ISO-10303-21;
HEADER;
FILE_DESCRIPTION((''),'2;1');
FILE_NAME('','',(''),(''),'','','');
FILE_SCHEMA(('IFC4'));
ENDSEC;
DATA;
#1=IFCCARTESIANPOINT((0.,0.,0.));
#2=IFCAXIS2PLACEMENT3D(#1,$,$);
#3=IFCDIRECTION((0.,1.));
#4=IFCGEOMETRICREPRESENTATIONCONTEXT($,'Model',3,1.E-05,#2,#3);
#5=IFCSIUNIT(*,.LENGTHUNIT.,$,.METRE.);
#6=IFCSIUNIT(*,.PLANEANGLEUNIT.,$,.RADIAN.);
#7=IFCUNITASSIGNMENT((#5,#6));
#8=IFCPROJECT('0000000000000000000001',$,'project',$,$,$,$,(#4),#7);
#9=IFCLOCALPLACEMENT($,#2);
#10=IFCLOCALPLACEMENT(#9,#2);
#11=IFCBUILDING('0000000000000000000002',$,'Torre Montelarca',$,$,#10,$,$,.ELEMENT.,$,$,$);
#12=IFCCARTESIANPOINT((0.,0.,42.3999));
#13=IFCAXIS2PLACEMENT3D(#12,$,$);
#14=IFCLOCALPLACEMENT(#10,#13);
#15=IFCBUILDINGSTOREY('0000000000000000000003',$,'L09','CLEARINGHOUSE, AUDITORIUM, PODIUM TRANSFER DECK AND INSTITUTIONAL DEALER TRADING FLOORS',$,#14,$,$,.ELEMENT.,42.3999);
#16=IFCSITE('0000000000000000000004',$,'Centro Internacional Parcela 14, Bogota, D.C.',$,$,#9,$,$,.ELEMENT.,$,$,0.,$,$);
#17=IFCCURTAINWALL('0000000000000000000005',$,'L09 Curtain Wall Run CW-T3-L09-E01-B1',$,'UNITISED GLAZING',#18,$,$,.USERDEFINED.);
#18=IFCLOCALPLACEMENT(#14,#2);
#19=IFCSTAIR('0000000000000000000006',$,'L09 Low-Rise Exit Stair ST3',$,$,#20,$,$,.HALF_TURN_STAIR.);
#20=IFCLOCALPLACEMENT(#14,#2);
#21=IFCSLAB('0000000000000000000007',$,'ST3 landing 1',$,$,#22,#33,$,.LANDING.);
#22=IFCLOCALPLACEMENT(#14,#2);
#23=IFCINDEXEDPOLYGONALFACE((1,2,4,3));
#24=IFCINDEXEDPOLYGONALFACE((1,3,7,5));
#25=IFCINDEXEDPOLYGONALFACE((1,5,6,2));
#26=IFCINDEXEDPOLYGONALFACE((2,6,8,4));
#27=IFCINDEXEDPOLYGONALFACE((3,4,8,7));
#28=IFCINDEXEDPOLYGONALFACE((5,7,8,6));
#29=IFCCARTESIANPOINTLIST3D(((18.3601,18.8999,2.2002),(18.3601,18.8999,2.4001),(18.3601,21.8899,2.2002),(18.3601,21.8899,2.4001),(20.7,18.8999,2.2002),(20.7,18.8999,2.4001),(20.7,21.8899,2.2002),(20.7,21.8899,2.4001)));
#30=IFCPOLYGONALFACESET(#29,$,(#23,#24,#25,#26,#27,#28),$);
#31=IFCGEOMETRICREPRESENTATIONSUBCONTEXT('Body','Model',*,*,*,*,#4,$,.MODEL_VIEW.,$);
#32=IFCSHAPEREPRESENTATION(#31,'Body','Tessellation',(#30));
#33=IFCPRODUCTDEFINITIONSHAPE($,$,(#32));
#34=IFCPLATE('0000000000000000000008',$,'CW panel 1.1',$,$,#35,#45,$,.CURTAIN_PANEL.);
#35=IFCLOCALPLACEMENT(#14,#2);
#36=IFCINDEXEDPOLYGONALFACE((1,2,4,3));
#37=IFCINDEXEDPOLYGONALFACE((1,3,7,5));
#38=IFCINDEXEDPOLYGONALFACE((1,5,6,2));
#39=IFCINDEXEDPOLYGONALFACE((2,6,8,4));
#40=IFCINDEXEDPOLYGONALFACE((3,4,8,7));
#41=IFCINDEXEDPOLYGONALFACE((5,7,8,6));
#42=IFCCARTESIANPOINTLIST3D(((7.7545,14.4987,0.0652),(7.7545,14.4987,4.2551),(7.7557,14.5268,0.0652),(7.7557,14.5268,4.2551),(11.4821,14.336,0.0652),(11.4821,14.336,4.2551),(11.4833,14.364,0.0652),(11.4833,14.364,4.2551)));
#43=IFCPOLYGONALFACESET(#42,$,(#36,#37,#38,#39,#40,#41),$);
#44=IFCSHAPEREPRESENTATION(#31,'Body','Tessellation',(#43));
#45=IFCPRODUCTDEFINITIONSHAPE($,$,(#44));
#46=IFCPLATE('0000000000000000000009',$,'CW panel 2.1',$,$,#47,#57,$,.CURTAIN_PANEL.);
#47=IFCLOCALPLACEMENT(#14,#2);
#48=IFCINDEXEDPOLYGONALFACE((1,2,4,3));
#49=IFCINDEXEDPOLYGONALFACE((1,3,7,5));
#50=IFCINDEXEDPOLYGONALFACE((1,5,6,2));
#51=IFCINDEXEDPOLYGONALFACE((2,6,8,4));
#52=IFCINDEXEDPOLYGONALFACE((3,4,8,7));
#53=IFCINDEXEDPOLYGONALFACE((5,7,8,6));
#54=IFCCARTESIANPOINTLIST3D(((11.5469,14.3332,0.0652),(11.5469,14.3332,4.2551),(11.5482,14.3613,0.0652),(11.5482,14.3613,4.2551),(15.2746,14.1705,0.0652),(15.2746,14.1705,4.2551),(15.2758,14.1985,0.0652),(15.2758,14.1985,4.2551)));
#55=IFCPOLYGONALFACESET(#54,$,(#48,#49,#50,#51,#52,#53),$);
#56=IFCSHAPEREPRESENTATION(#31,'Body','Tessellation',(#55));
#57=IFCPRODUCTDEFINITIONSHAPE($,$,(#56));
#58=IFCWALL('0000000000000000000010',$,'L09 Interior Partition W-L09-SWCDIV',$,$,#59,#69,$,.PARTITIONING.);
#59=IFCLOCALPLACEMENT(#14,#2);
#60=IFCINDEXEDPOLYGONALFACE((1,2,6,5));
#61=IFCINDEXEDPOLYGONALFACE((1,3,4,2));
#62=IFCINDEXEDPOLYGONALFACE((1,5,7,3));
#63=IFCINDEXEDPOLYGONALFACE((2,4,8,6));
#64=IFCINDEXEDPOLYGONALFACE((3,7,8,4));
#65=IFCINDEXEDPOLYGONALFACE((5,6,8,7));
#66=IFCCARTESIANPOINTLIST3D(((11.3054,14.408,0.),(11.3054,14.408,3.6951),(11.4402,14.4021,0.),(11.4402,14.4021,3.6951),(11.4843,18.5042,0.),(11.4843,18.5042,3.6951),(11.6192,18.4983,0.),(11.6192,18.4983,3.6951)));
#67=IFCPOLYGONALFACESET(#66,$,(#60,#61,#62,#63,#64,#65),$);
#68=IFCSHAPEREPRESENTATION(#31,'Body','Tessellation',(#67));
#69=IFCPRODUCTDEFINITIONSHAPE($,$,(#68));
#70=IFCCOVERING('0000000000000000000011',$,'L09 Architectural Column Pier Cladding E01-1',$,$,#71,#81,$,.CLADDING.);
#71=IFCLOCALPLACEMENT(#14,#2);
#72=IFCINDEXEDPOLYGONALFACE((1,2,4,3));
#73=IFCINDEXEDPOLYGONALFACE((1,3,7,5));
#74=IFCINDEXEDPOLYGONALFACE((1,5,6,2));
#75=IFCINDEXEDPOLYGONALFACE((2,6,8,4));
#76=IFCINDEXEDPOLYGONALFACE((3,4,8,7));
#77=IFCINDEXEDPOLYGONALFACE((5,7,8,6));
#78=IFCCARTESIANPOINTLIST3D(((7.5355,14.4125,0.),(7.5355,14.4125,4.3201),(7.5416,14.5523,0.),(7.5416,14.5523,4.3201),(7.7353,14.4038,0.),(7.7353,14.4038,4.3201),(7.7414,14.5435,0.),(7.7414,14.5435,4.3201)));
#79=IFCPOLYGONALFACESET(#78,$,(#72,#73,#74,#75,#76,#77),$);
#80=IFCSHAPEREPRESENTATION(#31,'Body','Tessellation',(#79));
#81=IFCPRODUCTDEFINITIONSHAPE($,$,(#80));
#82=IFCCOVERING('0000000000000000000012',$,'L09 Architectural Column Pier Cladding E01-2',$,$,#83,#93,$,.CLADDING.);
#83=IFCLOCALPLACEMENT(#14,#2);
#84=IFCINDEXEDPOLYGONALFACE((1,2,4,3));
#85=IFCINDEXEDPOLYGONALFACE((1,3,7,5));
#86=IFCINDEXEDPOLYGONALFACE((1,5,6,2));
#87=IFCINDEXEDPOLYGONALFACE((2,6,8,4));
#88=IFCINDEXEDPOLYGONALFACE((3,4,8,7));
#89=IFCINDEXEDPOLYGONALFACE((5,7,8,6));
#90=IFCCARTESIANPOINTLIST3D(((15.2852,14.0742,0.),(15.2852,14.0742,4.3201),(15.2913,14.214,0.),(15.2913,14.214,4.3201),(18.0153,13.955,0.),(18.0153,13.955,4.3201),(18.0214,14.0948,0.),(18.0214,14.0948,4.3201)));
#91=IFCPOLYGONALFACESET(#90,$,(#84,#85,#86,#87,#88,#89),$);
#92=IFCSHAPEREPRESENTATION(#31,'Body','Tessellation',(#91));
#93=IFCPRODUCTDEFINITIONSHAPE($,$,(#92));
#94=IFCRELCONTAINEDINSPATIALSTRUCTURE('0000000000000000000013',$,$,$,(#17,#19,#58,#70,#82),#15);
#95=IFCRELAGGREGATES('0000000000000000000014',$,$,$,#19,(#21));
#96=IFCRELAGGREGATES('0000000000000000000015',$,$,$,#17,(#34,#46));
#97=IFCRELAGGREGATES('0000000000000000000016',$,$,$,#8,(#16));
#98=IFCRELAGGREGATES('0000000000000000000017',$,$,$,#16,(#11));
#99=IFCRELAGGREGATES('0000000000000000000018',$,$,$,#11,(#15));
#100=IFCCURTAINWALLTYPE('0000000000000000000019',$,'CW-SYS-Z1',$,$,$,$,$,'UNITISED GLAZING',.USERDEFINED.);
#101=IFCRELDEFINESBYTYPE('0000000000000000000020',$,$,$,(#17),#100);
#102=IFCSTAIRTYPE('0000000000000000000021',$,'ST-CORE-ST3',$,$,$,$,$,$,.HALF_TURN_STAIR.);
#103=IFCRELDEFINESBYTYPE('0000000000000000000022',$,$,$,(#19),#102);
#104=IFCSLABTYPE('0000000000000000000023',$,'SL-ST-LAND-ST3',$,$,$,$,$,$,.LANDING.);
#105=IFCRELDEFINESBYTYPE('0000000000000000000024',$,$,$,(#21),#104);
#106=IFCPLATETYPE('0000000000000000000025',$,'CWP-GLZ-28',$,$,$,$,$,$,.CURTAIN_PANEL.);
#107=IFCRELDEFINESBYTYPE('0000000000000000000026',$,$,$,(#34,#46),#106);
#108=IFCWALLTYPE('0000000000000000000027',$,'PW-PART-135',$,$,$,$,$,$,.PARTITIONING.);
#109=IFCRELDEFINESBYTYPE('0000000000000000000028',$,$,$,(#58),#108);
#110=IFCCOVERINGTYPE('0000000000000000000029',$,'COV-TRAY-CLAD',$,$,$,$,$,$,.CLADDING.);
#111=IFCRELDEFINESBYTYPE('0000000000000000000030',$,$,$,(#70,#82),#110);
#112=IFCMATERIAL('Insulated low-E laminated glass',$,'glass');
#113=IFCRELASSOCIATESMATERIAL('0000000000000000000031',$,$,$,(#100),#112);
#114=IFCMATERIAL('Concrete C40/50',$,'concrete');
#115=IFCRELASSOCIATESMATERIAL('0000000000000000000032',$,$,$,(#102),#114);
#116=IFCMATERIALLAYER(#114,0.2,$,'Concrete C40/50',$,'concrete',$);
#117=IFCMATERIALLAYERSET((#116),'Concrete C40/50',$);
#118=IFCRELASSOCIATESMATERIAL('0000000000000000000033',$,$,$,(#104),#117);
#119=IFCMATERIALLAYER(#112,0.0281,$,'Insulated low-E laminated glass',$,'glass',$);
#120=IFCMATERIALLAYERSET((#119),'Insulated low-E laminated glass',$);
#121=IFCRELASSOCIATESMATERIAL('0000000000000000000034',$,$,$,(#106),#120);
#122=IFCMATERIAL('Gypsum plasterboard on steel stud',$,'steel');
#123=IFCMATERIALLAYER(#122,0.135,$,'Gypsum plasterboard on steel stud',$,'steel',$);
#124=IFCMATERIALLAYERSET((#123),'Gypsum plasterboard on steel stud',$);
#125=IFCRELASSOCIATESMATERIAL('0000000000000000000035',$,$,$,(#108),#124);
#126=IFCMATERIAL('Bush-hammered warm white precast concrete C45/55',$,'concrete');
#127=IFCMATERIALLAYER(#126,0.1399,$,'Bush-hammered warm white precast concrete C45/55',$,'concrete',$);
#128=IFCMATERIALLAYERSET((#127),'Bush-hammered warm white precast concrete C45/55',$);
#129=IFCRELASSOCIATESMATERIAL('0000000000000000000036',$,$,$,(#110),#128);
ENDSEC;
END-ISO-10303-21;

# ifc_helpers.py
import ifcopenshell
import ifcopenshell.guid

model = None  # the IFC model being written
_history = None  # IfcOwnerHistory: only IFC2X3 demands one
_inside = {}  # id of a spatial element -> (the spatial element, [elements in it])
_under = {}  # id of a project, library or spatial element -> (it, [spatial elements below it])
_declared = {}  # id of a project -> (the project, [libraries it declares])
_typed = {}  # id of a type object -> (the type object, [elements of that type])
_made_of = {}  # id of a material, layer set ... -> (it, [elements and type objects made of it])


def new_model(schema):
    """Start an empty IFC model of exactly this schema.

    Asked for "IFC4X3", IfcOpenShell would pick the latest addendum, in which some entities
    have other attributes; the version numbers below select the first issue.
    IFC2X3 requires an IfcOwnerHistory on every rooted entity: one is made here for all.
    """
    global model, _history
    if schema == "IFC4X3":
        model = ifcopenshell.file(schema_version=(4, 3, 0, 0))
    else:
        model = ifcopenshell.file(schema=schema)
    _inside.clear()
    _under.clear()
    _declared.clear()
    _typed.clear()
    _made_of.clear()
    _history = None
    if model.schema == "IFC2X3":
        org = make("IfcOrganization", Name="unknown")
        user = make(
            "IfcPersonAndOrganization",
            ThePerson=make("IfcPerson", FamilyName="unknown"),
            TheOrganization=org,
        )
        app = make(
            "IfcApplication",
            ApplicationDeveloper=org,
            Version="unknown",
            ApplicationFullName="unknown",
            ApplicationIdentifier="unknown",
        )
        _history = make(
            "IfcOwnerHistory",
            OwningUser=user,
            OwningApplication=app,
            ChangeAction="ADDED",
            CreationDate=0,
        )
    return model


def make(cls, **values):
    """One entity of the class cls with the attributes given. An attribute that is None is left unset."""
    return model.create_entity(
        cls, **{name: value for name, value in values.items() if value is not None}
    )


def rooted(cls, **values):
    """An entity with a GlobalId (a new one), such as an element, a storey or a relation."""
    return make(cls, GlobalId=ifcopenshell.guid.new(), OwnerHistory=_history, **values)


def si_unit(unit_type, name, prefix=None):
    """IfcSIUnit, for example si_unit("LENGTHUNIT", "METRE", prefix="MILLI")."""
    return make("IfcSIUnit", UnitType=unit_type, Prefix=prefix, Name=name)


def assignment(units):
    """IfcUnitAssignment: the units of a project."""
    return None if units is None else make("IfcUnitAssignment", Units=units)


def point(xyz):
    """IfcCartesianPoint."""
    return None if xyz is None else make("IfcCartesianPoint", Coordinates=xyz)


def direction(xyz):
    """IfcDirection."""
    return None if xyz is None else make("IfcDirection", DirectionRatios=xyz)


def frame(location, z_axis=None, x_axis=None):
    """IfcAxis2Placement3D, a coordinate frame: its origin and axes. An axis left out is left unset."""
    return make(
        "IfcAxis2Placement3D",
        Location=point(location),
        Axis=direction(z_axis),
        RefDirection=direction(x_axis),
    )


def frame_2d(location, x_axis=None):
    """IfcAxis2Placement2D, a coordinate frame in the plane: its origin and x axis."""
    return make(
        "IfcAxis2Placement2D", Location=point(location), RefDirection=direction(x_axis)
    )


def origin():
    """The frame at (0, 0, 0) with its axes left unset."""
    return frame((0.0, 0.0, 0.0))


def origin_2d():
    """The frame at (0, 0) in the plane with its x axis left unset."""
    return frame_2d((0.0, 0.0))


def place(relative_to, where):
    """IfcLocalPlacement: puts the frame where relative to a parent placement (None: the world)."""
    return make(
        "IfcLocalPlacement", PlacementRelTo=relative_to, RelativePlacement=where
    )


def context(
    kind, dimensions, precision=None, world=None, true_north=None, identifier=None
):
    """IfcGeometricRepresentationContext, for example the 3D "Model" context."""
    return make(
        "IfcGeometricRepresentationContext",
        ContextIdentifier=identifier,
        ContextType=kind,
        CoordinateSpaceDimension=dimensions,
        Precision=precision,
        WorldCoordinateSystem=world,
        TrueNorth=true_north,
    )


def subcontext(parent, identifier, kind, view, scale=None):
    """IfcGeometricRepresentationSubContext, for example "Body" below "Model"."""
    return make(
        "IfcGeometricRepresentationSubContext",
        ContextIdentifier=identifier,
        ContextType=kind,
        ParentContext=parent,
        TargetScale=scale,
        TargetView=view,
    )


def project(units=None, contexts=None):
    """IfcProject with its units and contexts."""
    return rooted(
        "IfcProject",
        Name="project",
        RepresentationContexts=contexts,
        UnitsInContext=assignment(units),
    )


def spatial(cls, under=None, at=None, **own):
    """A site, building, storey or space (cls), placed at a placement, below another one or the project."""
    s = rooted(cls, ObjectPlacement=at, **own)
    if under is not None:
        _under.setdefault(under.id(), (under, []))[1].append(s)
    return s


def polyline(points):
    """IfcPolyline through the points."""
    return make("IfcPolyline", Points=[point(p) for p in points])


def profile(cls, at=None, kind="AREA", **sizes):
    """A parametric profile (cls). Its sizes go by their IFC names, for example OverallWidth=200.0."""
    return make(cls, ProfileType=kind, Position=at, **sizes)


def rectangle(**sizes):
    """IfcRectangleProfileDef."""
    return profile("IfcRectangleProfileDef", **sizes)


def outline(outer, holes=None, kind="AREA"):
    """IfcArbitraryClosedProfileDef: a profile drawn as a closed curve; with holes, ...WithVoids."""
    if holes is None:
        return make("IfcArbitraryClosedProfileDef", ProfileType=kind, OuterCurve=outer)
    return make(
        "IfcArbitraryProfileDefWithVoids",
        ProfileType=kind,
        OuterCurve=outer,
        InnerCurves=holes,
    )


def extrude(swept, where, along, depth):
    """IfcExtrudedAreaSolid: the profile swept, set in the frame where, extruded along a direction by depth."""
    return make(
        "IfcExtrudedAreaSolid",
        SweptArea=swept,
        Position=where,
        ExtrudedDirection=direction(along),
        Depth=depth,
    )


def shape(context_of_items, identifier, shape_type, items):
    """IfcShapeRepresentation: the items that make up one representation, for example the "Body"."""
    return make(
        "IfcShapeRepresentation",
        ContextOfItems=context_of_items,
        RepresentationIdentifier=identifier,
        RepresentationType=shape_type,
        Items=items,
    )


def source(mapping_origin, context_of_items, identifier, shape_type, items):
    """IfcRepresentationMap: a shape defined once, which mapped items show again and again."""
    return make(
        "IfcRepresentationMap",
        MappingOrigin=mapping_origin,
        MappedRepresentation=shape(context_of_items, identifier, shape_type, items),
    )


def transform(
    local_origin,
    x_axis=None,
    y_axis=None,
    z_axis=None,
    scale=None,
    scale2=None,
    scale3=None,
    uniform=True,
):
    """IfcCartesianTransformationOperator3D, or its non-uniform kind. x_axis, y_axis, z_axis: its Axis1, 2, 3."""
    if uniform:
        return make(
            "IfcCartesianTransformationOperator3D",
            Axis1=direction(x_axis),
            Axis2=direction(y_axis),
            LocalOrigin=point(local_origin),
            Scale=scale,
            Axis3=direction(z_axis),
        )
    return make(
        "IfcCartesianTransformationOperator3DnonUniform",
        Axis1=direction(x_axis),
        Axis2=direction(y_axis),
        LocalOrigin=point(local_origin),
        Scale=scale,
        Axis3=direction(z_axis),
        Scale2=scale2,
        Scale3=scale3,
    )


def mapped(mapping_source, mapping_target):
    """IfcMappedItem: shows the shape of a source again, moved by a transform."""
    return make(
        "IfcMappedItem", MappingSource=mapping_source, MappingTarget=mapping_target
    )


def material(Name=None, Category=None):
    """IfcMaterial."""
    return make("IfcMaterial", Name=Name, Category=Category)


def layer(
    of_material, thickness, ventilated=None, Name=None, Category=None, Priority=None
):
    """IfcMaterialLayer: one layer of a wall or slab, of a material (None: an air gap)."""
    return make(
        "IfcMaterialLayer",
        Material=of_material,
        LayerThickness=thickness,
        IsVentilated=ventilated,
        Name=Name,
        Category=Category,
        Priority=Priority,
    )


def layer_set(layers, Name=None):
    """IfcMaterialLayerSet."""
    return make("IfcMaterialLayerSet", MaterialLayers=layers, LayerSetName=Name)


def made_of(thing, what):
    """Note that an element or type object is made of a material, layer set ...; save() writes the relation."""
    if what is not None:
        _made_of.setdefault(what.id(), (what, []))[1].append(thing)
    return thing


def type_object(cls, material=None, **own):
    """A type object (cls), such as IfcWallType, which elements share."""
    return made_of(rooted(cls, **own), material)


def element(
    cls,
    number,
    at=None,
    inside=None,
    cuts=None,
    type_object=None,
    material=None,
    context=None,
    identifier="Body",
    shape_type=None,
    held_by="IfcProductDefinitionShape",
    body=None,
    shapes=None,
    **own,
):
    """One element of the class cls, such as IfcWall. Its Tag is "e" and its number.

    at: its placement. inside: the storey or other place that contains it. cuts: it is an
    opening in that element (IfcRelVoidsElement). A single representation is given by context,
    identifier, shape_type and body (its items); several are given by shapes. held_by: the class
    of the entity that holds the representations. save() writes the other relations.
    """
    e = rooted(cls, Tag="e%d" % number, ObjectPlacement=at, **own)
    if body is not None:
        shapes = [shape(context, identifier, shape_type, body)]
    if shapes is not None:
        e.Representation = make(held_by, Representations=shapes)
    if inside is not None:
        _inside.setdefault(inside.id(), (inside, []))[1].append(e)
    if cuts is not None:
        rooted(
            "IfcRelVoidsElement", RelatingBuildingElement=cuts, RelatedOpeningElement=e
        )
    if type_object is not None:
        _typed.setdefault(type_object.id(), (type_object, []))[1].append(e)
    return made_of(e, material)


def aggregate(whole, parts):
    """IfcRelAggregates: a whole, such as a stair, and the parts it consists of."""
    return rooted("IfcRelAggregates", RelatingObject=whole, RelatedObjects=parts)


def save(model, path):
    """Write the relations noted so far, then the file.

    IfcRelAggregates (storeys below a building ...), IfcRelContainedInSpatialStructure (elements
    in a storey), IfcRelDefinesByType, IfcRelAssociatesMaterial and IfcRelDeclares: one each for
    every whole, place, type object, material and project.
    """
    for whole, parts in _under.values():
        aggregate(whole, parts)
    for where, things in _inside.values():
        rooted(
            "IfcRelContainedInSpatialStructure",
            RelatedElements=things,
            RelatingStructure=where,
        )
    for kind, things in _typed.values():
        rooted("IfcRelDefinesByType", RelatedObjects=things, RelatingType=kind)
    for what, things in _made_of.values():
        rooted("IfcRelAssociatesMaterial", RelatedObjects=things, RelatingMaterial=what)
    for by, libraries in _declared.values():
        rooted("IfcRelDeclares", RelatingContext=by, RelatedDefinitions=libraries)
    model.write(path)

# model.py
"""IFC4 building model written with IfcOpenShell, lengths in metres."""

from ifc_helpers import new_model, si_unit, direction, frame, frame_2d, origin, origin_2d, place, context, subcontext, project, spatial, polyline, rectangle, outline, extrude, source, transform, mapped, material, layer, layer_set, type_object, element, aggregate, save


model = new_model("IFC4")

# Units and contexts
model_context = context("Model", 3, precision=1e-05, world=origin(), true_north=direction((0.0, 1.0)))
body_context = subcontext(model_context, "Body", "Model", "MODEL_VIEW")
ifc_project = project(units=[si_unit("LENGTHUNIT", "METRE"), si_unit("PLANEANGLEUNIT", "RADIAN")], contexts=[model_context])

# Site, building, storey
site_placement = place(None, origin())
site = spatial("IfcSite", under=ifc_project, at=site_placement, Name="Centro Internacional Parcela 14, Bogota, D.C.", CompositionType="ELEMENT", RefElevation=0.0)
building_placement = place(site_placement, origin())
building = spatial("IfcBuilding", under=site, at=building_placement, Name="Torre Montelarca", CompositionType="ELEMENT")
storey_placement = place(building_placement, frame((0.0, 0.0, 42.3999)))
storey = spatial("IfcBuildingStorey", under=building, at=storey_placement, Name="L09", Description="CLEARINGHOUSE, AUDITORIUM, PODIUM TRANSFER DECK AND INSTITUTIONAL DEALER TRADING FLOORS", CompositionType="ELEMENT", Elevation=42.3999)

# Curtain wall
ifc_material_1 = material(Name="Insulated low-E laminated glass", Category="glass")
curtain_wall_type = type_object("IfcCurtainWallType", Name="CW-SYS-Z1", ElementType="UNITISED GLAZING", PredefinedType="USERDEFINED", material=ifc_material_1)
curtain_wall_1_placement = place(storey_placement, origin())
curtain_wall_1 = element("IfcCurtainWall", 1, at=curtain_wall_1_placement, inside=storey, type_object=curtain_wall_type, Name="L09 Curtain Wall Run CW-T3-L09-E01-B1", ObjectType="UNITISED GLAZING", PredefinedType="USERDEFINED")

# Shared definitions
ifc_material_2 = material(Name="Concrete C40/50", Category="concrete")

# Stair, slab
stair_type_1 = type_object("IfcStairType", Name="ST-CORE-ST3", PredefinedType="HALF_TURN_STAIR", material=ifc_material_2)
stair_1_placement = place(storey_placement, origin())
stair_1 = element("IfcStair", 2, at=stair_1_placement, inside=storey, type_object=stair_type_1, Name="L09 Low-Rise Exit Stair ST3", PredefinedType="HALF_TURN_STAIR")
ifc_layer_1 = layer(ifc_material_2, 0.2, Name="Concrete C40/50", Category="concrete")
ifc_layer_set_1 = layer_set([ifc_layer_1], Name="Concrete C40/50")
slab_type_1 = type_object("IfcSlabType", Name="SL-ST-LAND-ST3", PredefinedType="LANDING", material=ifc_layer_set_1)
slab_1_placement = place(storey_placement, frame((0.0, 0.0, 2.2002)))
slab_1 = element("IfcSlab", 3, at=slab_1_placement, type_object=slab_type_1, Name="ST3 landing 1", PredefinedType="LANDING", context=body_context, shape_type="SweptSolid", body=[
    extrude(outline(polyline([(18.3601, 18.8999), (20.7, 18.8999), (20.7, 21.8899), (18.3601, 21.8899), (18.3601, 18.8999)])), origin(), (0.0, 0.0, 1.0), 0.2),
])
aggregate(stair_1, [slab_1])

# Plates
ifc_layer_2 = layer(ifc_material_1, 0.0281, Name="Insulated low-E laminated glass", Category="glass")
ifc_layer_set_2 = layer_set([ifc_layer_2], Name="Insulated low-E laminated glass")
plate_type = type_object("IfcPlateType", Name="CWP-GLZ-28", PredefinedType="CURTAIN_PANEL", material=ifc_layer_set_2)
shared_shape_1 = source(origin(), body_context, "Body", "SweptSolid", [
    extrude(rectangle(XDim=3.7312, YDim=0.0281, at=origin_2d()), origin(), (0.0, 0.0, 1.0), 4.1899),
])
plate_1_placement = place(storey_placement, frame((9.6189, 14.4314, 0.0652), z_axis=(0.0, 0.0, 1.0), x_axis=(0.999048, -0.043619, 0.0)))
plate_1 = element("IfcPlate", 4, at=plate_1_placement, type_object=plate_type, Name="CW panel 1.1", PredefinedType="CURTAIN_PANEL", context=body_context, shape_type="MappedRepresentation", body=[
    mapped(shared_shape_1, transform((0.0, 0.0, 0.0), scale=1.0)),
])
plate_2_placement = place(storey_placement, frame((13.4114, 14.2659, 0.0652), z_axis=(0.0, 0.0, 1.0), x_axis=(0.999048, -0.043619, 0.0)))
plate_2 = element("IfcPlate", 5, at=plate_2_placement, type_object=plate_type, Name="CW panel 2.1", PredefinedType="CURTAIN_PANEL", context=body_context, shape_type="MappedRepresentation", body=[
    mapped(shared_shape_1, transform((0.0, 0.0, 0.0), scale=1.0)),
])
aggregate(curtain_wall_1, [plate_1, plate_2])

# Wall
ifc_material_3 = material(Name="Gypsum plasterboard on steel stud", Category="steel")
ifc_layer_3 = layer(ifc_material_3, 0.135, Name="Gypsum plasterboard on steel stud", Category="steel")
ifc_layer_set_3 = layer_set([ifc_layer_3], Name="Gypsum plasterboard on steel stud")
wall_type = type_object("IfcWallType", Name="PW-PART-135", PredefinedType="PARTITIONING", material=ifc_layer_set_3)
wall_placement = place(storey_placement, frame((11.3728, 14.405, 0.0), z_axis=(0.0, 0.0, 1.0), x_axis=(0.043647, 0.999047, 0.0)))
element("IfcWall", 6, at=wall_placement, inside=storey, type_object=wall_type, Name="L09 Interior Partition W-L09-SWCDIV", PredefinedType="PARTITIONING", context=body_context, shape_type="SweptSolid", body=[
    extrude(rectangle(XDim=4.1001, YDim=0.135, at=frame_2d((2.05, 0.0))), origin(), (0.0, 0.0, 1.0), 3.6951),
])

# Coverings
ifc_material_4 = material(Name="Bush-hammered warm white precast concrete C45/55", Category="concrete")
ifc_layer_4 = layer(ifc_material_4, 0.1399, Name="Bush-hammered warm white precast concrete C45/55", Category="concrete")
ifc_layer_set_4 = layer_set([ifc_layer_4], Name="Bush-hammered warm white precast concrete C45/55")
covering_type = type_object("IfcCoveringType", Name="COV-TRAY-CLAD", PredefinedType="CLADDING", material=ifc_layer_set_4)
shared_shape_2 = source(origin(), body_context, "Body", "SweptSolid", [
    extrude(rectangle(XDim=0.2, YDim=0.1399, at=origin_2d()), origin(), (0.0, 0.0, 1.0), 4.3201),
])
covering_1_placement = place(storey_placement, frame((7.6384, 14.478, 0.0), z_axis=(0.0, 0.0, 1.0), x_axis=(0.999048, -0.043619, 0.0)))
element("IfcCovering", 7, at=covering_1_placement, inside=storey, type_object=covering_type, Name="L09 Architectural Column Pier Cladding E01-1", PredefinedType="CLADDING", context=body_context, shape_type="MappedRepresentation", body=[
    mapped(shared_shape_2, transform((0.0, 0.0, 0.0), scale=1.0)),
])
shared_shape_3 = source(origin(), body_context, "Body", "SweptSolid", [
    extrude(rectangle(XDim=2.7327, YDim=0.1399, at=origin_2d()), origin(), (0.0, 0.0, 1.0), 4.3201),
])
covering_2_placement = place(storey_placement, frame((16.6533, 14.0845, 0.0), z_axis=(0.0, 0.0, 1.0), x_axis=(0.999048, -0.043619, 0.0)))
element("IfcCovering", 8, at=covering_2_placement, inside=storey, type_object=covering_type, Name="L09 Architectural Column Pier Cladding E01-2", PredefinedType="CLADDING", context=body_context, shape_type="MappedRepresentation", body=[
    mapped(shared_shape_3, transform((0.0, 0.0, 0.0), scale=1.0)),
])

save(model, "model.ifc")
